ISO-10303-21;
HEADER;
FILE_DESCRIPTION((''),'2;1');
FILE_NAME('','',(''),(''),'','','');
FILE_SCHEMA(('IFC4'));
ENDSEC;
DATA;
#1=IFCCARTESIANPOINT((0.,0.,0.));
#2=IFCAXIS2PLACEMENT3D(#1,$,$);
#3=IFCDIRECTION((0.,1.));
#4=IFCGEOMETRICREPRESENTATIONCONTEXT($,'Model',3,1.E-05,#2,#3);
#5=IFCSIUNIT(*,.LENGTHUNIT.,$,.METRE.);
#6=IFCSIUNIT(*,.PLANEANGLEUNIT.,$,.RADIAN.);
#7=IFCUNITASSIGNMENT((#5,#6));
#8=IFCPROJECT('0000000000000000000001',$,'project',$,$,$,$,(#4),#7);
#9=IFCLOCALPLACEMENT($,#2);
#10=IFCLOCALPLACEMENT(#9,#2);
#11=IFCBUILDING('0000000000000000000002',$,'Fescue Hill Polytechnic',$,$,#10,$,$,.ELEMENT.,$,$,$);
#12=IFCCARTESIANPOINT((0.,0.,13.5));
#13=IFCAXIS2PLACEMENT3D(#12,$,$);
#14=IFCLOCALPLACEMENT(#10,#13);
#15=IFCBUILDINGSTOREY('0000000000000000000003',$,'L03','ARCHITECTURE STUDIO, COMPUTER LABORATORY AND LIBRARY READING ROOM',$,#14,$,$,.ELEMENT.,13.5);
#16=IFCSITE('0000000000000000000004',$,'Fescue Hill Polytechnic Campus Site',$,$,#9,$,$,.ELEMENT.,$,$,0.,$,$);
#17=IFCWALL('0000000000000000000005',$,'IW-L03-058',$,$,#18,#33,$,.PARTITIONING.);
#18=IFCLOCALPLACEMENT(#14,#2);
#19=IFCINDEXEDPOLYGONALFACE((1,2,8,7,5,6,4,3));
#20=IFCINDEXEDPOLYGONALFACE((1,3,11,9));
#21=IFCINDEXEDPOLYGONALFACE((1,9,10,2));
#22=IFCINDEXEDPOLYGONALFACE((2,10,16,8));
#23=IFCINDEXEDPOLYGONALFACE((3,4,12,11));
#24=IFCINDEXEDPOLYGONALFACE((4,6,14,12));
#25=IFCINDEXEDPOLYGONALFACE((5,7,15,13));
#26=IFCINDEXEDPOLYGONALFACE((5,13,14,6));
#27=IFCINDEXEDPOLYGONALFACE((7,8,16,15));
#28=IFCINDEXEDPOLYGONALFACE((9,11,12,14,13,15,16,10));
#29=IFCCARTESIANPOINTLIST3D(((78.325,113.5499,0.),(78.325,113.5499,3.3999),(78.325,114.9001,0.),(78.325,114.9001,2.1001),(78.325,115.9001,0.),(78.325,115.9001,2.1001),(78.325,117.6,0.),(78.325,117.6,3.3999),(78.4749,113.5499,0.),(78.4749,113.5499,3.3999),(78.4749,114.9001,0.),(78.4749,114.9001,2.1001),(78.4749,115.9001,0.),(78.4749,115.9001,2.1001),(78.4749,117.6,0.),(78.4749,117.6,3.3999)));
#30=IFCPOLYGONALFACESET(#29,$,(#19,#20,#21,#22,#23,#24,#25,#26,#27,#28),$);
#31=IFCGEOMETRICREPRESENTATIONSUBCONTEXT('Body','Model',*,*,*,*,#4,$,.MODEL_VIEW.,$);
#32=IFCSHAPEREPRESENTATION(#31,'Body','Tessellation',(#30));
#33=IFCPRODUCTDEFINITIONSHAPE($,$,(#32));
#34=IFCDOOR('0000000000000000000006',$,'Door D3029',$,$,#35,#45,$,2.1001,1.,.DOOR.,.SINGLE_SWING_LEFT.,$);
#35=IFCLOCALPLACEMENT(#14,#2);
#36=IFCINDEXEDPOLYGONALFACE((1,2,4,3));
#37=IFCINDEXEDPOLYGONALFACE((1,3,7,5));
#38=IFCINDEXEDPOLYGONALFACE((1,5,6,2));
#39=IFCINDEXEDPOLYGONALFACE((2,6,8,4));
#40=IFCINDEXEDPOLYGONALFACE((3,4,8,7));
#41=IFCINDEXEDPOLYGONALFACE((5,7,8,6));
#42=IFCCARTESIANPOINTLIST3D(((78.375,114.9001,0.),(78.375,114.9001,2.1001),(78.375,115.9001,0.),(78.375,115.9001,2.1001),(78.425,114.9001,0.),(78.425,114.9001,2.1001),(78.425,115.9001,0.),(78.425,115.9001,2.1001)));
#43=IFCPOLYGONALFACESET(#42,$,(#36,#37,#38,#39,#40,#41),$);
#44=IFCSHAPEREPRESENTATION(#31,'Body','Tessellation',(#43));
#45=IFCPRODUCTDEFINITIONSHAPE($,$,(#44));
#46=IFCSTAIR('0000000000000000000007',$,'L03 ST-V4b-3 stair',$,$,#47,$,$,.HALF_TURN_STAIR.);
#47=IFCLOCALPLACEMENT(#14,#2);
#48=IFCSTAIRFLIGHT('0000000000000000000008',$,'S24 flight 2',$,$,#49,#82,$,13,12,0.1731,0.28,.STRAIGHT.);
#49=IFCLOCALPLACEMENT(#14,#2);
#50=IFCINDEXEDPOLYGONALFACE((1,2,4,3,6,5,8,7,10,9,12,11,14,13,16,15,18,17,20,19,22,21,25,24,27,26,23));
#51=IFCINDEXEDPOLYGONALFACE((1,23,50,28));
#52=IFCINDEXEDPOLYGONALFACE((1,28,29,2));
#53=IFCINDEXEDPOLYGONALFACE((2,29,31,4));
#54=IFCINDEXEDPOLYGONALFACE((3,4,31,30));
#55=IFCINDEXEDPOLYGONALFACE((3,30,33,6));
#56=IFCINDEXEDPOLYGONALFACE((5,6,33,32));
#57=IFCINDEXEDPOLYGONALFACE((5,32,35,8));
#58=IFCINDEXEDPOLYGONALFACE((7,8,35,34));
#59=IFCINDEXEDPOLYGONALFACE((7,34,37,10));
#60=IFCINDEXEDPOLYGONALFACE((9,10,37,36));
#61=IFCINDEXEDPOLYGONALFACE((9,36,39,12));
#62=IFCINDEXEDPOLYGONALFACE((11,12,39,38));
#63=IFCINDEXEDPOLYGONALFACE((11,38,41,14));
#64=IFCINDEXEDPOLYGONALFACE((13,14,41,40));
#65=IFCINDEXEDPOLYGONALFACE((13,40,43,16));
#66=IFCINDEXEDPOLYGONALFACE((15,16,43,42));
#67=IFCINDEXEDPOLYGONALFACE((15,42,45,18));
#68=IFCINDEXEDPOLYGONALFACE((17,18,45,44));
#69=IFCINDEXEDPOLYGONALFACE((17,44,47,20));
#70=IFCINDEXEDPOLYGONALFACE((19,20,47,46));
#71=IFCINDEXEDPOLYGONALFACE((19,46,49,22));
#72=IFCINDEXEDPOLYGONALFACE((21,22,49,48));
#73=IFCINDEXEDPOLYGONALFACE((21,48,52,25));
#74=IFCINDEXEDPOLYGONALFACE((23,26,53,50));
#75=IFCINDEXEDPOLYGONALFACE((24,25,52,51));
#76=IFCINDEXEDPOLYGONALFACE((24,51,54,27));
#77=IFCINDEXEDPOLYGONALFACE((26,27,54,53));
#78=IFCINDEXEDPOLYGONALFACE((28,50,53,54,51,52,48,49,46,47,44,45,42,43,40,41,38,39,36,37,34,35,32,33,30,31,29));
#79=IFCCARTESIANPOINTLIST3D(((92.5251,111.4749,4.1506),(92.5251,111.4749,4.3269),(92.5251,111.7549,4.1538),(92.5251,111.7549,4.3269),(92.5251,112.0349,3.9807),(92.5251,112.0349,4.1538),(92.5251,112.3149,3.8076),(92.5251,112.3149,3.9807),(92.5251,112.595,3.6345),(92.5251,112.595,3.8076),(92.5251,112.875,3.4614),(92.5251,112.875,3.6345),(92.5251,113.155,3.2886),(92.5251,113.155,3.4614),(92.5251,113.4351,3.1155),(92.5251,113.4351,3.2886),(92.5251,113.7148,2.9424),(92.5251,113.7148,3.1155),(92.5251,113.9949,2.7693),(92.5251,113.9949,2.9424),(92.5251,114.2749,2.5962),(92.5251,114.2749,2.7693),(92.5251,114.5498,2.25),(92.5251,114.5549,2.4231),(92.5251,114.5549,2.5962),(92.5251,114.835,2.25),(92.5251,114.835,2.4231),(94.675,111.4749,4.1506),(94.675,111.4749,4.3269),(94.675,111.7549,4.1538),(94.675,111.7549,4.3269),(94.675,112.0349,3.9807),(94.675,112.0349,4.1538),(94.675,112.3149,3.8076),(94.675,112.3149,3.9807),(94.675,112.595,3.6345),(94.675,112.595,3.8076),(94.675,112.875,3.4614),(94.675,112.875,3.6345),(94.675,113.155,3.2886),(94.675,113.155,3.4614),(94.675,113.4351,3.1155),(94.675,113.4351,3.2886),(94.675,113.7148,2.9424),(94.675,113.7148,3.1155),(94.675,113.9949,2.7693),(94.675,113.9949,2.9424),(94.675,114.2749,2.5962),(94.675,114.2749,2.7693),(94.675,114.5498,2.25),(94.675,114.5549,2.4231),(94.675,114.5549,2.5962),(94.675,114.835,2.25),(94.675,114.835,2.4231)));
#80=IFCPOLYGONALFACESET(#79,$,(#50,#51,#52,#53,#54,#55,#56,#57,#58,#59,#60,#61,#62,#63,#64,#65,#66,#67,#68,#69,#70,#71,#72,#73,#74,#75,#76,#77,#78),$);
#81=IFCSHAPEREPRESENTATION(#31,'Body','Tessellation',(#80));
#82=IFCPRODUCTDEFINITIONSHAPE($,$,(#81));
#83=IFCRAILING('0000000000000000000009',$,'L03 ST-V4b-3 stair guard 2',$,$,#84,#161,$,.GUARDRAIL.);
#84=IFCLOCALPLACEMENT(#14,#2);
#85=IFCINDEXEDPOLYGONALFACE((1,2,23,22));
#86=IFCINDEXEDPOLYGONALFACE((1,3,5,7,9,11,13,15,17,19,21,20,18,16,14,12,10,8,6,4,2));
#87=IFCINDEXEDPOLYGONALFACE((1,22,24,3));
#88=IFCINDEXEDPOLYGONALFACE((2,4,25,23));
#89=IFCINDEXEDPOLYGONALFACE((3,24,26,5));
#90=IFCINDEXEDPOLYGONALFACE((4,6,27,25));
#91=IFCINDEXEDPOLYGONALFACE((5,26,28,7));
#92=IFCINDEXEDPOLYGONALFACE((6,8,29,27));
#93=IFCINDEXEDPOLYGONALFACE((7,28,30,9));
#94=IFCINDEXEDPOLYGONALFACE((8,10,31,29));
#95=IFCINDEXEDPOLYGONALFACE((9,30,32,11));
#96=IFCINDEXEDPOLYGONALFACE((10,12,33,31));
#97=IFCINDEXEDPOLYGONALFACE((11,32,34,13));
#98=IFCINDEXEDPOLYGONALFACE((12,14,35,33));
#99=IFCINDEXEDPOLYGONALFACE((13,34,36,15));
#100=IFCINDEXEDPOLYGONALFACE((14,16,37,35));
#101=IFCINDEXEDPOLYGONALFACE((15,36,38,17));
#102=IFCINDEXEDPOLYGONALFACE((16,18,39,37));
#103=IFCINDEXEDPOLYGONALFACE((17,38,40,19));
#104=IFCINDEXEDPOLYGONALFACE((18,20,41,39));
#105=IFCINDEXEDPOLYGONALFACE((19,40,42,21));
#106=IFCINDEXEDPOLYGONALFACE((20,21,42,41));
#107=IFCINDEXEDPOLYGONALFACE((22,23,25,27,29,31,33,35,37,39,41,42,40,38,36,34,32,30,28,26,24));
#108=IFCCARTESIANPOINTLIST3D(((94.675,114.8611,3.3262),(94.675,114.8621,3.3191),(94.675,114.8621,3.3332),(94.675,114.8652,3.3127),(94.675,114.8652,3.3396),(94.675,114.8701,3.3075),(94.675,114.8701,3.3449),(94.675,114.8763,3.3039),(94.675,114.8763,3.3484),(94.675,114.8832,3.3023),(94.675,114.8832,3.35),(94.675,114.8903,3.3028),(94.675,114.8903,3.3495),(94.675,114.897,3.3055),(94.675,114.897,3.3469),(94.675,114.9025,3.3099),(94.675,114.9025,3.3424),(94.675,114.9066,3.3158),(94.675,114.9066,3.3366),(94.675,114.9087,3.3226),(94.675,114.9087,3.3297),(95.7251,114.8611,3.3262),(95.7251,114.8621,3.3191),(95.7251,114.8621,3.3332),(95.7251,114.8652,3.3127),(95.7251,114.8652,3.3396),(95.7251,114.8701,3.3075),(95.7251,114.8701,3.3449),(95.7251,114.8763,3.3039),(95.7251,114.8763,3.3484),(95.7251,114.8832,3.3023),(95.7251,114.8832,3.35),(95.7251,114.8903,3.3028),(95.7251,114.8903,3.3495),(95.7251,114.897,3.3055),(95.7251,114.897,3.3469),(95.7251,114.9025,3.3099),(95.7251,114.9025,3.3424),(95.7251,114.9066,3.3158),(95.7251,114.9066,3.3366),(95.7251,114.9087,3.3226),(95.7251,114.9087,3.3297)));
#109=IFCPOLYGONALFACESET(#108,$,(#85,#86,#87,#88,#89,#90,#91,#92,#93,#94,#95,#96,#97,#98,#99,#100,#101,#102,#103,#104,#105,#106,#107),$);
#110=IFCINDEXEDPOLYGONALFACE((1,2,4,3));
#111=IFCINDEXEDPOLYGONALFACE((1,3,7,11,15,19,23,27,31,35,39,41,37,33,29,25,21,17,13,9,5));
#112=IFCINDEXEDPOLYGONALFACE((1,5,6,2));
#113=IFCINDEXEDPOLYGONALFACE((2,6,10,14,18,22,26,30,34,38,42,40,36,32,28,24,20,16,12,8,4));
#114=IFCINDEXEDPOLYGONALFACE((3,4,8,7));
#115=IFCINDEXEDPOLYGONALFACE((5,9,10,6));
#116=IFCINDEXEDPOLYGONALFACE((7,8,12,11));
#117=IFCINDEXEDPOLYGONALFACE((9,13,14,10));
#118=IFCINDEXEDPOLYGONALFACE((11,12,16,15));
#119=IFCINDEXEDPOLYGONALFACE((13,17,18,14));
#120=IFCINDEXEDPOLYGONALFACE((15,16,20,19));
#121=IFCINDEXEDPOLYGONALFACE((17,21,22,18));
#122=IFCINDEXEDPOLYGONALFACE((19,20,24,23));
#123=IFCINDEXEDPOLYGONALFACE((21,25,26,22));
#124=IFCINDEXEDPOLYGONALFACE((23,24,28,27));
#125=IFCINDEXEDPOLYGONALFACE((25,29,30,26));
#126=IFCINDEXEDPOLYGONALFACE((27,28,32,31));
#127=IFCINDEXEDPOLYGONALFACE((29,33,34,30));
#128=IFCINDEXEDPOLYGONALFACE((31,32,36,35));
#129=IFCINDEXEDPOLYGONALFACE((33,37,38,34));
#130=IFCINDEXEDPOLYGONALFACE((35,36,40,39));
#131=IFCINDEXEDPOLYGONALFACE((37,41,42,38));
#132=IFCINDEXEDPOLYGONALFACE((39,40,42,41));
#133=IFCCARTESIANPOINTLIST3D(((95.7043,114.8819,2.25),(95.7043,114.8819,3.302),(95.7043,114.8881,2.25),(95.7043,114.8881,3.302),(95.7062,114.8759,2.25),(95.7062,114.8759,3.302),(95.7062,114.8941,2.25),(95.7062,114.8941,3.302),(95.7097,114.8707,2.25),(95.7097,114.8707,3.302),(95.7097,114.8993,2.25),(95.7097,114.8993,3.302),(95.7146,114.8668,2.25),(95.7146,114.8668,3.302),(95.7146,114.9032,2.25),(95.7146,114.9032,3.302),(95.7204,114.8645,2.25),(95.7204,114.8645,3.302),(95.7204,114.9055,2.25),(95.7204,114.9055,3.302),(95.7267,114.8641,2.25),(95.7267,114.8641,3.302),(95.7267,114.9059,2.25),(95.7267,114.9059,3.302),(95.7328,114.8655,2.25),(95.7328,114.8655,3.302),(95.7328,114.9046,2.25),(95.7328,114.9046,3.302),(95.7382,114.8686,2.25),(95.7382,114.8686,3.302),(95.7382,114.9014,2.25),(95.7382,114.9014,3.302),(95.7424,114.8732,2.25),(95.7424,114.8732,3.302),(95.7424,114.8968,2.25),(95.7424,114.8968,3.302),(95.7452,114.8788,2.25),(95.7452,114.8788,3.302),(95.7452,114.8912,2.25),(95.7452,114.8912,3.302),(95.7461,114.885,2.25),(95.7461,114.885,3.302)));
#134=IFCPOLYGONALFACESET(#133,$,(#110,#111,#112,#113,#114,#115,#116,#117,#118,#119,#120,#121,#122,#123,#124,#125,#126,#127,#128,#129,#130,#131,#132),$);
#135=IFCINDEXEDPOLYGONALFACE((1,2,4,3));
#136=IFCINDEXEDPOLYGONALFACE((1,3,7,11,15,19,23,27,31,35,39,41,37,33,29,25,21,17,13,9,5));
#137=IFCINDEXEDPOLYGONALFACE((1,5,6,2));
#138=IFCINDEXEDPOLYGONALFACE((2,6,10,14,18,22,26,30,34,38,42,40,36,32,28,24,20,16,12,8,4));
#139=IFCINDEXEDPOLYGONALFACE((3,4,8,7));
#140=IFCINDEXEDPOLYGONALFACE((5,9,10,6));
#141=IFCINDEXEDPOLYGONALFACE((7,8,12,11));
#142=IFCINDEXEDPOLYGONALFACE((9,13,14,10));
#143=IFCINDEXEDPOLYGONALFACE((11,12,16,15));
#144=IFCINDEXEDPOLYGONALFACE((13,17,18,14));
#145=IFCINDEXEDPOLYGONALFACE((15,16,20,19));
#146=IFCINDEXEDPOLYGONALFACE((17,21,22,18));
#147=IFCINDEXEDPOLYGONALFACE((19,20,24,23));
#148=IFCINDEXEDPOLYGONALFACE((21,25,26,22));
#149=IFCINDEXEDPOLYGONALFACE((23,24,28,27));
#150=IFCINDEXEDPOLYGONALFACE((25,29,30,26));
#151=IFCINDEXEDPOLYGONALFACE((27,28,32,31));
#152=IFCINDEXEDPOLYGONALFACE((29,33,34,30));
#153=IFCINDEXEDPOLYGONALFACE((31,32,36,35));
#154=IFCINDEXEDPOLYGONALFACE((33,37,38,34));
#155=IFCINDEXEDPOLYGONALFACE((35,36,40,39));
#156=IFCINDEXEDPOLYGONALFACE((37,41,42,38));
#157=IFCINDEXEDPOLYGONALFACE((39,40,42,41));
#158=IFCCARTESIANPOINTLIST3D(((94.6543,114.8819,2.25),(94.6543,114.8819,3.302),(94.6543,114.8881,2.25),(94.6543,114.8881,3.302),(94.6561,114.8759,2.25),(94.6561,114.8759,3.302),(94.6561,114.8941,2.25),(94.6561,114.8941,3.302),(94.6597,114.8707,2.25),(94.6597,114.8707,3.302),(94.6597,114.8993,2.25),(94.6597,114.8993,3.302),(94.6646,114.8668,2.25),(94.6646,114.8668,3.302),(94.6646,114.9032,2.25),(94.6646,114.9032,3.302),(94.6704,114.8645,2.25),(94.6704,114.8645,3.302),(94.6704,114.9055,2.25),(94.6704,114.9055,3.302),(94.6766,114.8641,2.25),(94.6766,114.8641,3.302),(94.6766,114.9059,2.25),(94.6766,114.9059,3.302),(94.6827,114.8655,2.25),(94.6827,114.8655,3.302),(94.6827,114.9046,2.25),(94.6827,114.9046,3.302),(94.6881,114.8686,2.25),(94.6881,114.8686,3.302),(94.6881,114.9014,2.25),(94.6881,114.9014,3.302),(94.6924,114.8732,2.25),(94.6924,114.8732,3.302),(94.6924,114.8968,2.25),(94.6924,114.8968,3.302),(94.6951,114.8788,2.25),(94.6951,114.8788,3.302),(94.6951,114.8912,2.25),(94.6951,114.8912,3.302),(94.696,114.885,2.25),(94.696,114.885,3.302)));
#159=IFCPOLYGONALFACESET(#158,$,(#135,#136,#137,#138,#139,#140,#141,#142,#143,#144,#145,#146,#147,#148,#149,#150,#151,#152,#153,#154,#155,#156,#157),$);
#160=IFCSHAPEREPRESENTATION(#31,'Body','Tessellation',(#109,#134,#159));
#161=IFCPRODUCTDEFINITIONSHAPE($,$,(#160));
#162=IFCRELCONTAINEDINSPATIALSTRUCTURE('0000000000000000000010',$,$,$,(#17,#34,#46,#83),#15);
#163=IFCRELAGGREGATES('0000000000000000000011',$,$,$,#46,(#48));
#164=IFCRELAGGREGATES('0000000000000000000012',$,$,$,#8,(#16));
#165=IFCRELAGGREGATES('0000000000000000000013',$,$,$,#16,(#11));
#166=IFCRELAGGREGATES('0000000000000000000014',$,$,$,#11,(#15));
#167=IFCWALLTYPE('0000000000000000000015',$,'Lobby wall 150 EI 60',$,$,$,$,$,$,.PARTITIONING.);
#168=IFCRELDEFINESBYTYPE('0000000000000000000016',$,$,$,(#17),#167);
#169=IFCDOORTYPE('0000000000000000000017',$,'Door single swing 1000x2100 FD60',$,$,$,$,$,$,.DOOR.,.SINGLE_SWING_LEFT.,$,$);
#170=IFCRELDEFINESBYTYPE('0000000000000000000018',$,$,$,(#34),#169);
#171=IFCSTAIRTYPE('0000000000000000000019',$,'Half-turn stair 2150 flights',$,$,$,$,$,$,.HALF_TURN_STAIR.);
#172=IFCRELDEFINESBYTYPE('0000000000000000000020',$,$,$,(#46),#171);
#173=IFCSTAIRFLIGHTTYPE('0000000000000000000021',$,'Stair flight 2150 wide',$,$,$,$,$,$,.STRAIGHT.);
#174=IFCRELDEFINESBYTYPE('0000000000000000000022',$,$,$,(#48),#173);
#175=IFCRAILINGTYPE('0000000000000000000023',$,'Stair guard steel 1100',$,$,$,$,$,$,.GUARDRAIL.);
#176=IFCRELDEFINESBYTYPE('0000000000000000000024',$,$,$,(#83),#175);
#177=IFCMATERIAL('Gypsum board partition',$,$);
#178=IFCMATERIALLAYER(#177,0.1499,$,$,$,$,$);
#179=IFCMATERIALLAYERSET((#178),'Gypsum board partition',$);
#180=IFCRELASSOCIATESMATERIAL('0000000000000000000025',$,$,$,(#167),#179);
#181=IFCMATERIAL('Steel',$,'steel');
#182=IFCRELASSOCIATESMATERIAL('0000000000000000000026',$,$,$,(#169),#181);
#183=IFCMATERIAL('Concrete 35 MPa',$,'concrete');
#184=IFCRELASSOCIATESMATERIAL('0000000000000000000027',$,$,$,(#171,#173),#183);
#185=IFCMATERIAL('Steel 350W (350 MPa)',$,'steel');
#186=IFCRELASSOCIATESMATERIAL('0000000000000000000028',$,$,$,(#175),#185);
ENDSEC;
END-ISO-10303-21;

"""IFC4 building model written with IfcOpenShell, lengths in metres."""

from ifc_helpers import new_model, si_unit, direction, frame, frame_2d, origin, origin_2d, place, context, subcontext, project, spatial, polyline, rectangle, circle, outline, extrude, material, layer, layer_set, type_object, element, fill, aggregate, save


model = new_model("IFC4")

# Units and contexts
model_context = context("Model", 3, precision=1e-05, world=origin(), true_north=direction((0.0, 1.0)))
body_context = subcontext(model_context, "Body", "Model", "MODEL_VIEW")
ifc_project = project(units=[si_unit("LENGTHUNIT", "METRE"), si_unit("PLANEANGLEUNIT", "RADIAN")], contexts=[model_context])

# Site, building, storey
site_placement = place(None, origin())
site = spatial("IfcSite", under=ifc_project, at=site_placement, Name="Fescue Hill Polytechnic Campus Site", CompositionType="ELEMENT", RefElevation=0.0)
building_placement = place(site_placement, origin())
building = spatial("IfcBuilding", under=site, at=building_placement, Name="Fescue Hill Polytechnic", CompositionType="ELEMENT")
storey_placement = place(building_placement, frame((0.0, 0.0, 13.5)))
storey = spatial("IfcBuildingStorey", under=building, at=storey_placement, Name="L03", Description="ARCHITECTURE STUDIO, COMPUTER LABORATORY AND LIBRARY READING ROOM", CompositionType="ELEMENT", Elevation=13.5)

# Shared definitions
ifc_material_1 = material(Name="Concrete 35 MPa", Category="concrete")

# Wall, opening, door
ifc_material_2 = material(Name="Gypsum board partition")
ifc_layer_1 = layer(ifc_material_2, 0.1499)
ifc_layer_set_1 = layer_set([ifc_layer_1], Name="Gypsum board partition")
wall_type_1 = type_object("IfcWallType", Name="Lobby wall 150 EI 60", PredefinedType="PARTITIONING", material=ifc_layer_set_1)
wall_1_placement = place(storey_placement, frame((78.3999, 113.55, 0.0), z_axis=(0.0, 0.0, 1.0), x_axis=(0.0, 1.0, 0.0)))
wall_1 = element("IfcWall", 1, at=wall_1_placement, inside=storey, type_object=wall_type_1, Name="IW-L03-058", PredefinedType="PARTITIONING", context=body_context, shape_type="SweptSolid", body=[
    extrude(rectangle(XDim=4.05, YDim=0.1499, at=frame_2d((2.0249, 0.0))), origin(), (0.0, 0.0, 1.0), 3.3999),
])
opening_1_placement = place(wall_1_placement, frame((1.3501, 0.0, 0.0)))
opening_1 = element("IfcOpeningElement", 2, at=opening_1_placement, cuts=wall_1, PredefinedType="OPENING", context=body_context, shape_type="SweptSolid", body=[
    extrude(rectangle(XDim=1.0, YDim=2.1001, at=frame_2d((0.5, 1.05))), frame((0.0, 0.085, 0.0), z_axis=(0.0, -1.0, 0.0), x_axis=(1.0, 0.0, 0.0)), (0.0, 0.0, 1.0), 0.1699),
])
ifc_material_3 = material(Name="Steel", Category="steel")
door_type_1 = type_object("IfcDoorType", Name="Door single swing 1000x2100 FD60", OperationType="SINGLE_SWING_LEFT", PredefinedType="DOOR", material=ifc_material_3)
door_1_placement = place(opening_1_placement, origin())
door_1 = element("IfcDoor", 3, at=door_1_placement, inside=storey, type_object=door_type_1, Name="Door D3029", OperationType="SINGLE_SWING_LEFT", OverallHeight=2.1001, OverallWidth=1.0, PredefinedType="DOOR", context=body_context, shape_type="SweptSolid", body=[
    extrude(rectangle(XDim=1.0, YDim=2.1001, at=frame_2d((0.5, 1.05))), frame((0.0, 0.0249, 0.0), z_axis=(0.0, -1.0, 0.0), x_axis=(1.0, 0.0, 0.0)), (0.0, 0.0, 1.0), 0.05),
])
fill(opening_1, door_1)

# Stair, stair flight
stair_type = type_object("IfcStairType", Name="Half-turn stair 2150 flights", PredefinedType="HALF_TURN_STAIR", material=ifc_material_1)
stair_placement = place(storey_placement, origin())
stair = element("IfcStair", 4, at=stair_placement, inside=storey, type_object=stair_type, Name="L03 ST-V4b-3 stair", PredefinedType="HALF_TURN_STAIR")
stair_flight_type = type_object("IfcStairFlightType", Name="Stair flight 2150 wide", PredefinedType="STRAIGHT", material=ifc_material_1)
stair_flight_placement = place(storey_placement, frame((93.6001, 114.835, 2.25), z_axis=(0.0, 0.0, 1.0), x_axis=(0.0, -1.0, 0.0)))
stair_flight = element("IfcStairFlight", 5, at=stair_flight_placement, type_object=stair_flight_type, Name="S24 flight 2", NumberOfRisers=13, NumberOfTreads=12, PredefinedType="STRAIGHT", RiserHeight=0.1731, TreadLength=0.28, context=body_context, shape_type="SweptSolid", body=[
    extrude(outline(polyline([(0.0, 0.0), (0.0, 0.1731), (0.28, 0.1731), (0.28, 0.3462), (0.5601, 0.3462), (0.5601, 0.5193), (0.8401, 0.5193), (0.8401, 0.6924), (1.1201, 0.6924), (1.1201, 0.8655), (1.3999, 0.8655), (1.3999, 1.0386), (1.6799, 1.0386), (1.6799, 1.2114), (1.96, 1.2114), (1.96, 1.3845), (2.24, 1.3845), (2.24, 1.5576), (2.52, 1.5576), (2.52, 1.7307), (2.8, 1.7307), (2.8, 1.9038), (3.0801, 1.9038), (3.0801, 2.0769), (3.3601, 2.0769), (3.3601, 2.25), (3.3601, 1.9006), (0.2852, 0.0), (0.0, 0.0)])), frame((0.0, 1.075, 0.0), z_axis=(0.0, -1.0, 0.0), x_axis=(1.0, 0.0, 0.0)), (0.0, 0.0, 1.0), 2.1499),
])
aggregate(stair, [stair_flight])

# Railing
ifc_material_4 = material(Name="Steel 350W (350 MPa)", Category="steel")
railing_type_1 = type_object("IfcRailingType", Name="Stair guard steel 1100", PredefinedType="GUARDRAIL", material=ifc_material_4)
railing_1_placement = place(storey_placement, frame((95.7251, 114.885, 2.25)))
element("IfcRailing", 6, at=railing_1_placement, inside=storey, type_object=railing_type_1, Name="L03 ST-V4b-3 stair guard 2", PredefinedType="GUARDRAIL", context=body_context, shape_type="SweptSolid", body=[
    extrude(circle(Radius=0.0239, at=origin_2d()), frame((0.0, 0.0, 1.0762), z_axis=(-1.0, 0.0, 0.0), x_axis=(0.0, -1.0, 0.0)), (0.0, 0.0, 1.0), 1.05),
    extrude(circle(Radius=0.021, at=origin_2d()), origin(), (0.0, 0.0, 1.0), 1.052),
    extrude(circle(Radius=0.021, at=origin_2d()), frame((-1.05, 0.0, 0.0)), (0.0, 0.0, 1.0), 1.052),
])

save(model, "model.ifc")
